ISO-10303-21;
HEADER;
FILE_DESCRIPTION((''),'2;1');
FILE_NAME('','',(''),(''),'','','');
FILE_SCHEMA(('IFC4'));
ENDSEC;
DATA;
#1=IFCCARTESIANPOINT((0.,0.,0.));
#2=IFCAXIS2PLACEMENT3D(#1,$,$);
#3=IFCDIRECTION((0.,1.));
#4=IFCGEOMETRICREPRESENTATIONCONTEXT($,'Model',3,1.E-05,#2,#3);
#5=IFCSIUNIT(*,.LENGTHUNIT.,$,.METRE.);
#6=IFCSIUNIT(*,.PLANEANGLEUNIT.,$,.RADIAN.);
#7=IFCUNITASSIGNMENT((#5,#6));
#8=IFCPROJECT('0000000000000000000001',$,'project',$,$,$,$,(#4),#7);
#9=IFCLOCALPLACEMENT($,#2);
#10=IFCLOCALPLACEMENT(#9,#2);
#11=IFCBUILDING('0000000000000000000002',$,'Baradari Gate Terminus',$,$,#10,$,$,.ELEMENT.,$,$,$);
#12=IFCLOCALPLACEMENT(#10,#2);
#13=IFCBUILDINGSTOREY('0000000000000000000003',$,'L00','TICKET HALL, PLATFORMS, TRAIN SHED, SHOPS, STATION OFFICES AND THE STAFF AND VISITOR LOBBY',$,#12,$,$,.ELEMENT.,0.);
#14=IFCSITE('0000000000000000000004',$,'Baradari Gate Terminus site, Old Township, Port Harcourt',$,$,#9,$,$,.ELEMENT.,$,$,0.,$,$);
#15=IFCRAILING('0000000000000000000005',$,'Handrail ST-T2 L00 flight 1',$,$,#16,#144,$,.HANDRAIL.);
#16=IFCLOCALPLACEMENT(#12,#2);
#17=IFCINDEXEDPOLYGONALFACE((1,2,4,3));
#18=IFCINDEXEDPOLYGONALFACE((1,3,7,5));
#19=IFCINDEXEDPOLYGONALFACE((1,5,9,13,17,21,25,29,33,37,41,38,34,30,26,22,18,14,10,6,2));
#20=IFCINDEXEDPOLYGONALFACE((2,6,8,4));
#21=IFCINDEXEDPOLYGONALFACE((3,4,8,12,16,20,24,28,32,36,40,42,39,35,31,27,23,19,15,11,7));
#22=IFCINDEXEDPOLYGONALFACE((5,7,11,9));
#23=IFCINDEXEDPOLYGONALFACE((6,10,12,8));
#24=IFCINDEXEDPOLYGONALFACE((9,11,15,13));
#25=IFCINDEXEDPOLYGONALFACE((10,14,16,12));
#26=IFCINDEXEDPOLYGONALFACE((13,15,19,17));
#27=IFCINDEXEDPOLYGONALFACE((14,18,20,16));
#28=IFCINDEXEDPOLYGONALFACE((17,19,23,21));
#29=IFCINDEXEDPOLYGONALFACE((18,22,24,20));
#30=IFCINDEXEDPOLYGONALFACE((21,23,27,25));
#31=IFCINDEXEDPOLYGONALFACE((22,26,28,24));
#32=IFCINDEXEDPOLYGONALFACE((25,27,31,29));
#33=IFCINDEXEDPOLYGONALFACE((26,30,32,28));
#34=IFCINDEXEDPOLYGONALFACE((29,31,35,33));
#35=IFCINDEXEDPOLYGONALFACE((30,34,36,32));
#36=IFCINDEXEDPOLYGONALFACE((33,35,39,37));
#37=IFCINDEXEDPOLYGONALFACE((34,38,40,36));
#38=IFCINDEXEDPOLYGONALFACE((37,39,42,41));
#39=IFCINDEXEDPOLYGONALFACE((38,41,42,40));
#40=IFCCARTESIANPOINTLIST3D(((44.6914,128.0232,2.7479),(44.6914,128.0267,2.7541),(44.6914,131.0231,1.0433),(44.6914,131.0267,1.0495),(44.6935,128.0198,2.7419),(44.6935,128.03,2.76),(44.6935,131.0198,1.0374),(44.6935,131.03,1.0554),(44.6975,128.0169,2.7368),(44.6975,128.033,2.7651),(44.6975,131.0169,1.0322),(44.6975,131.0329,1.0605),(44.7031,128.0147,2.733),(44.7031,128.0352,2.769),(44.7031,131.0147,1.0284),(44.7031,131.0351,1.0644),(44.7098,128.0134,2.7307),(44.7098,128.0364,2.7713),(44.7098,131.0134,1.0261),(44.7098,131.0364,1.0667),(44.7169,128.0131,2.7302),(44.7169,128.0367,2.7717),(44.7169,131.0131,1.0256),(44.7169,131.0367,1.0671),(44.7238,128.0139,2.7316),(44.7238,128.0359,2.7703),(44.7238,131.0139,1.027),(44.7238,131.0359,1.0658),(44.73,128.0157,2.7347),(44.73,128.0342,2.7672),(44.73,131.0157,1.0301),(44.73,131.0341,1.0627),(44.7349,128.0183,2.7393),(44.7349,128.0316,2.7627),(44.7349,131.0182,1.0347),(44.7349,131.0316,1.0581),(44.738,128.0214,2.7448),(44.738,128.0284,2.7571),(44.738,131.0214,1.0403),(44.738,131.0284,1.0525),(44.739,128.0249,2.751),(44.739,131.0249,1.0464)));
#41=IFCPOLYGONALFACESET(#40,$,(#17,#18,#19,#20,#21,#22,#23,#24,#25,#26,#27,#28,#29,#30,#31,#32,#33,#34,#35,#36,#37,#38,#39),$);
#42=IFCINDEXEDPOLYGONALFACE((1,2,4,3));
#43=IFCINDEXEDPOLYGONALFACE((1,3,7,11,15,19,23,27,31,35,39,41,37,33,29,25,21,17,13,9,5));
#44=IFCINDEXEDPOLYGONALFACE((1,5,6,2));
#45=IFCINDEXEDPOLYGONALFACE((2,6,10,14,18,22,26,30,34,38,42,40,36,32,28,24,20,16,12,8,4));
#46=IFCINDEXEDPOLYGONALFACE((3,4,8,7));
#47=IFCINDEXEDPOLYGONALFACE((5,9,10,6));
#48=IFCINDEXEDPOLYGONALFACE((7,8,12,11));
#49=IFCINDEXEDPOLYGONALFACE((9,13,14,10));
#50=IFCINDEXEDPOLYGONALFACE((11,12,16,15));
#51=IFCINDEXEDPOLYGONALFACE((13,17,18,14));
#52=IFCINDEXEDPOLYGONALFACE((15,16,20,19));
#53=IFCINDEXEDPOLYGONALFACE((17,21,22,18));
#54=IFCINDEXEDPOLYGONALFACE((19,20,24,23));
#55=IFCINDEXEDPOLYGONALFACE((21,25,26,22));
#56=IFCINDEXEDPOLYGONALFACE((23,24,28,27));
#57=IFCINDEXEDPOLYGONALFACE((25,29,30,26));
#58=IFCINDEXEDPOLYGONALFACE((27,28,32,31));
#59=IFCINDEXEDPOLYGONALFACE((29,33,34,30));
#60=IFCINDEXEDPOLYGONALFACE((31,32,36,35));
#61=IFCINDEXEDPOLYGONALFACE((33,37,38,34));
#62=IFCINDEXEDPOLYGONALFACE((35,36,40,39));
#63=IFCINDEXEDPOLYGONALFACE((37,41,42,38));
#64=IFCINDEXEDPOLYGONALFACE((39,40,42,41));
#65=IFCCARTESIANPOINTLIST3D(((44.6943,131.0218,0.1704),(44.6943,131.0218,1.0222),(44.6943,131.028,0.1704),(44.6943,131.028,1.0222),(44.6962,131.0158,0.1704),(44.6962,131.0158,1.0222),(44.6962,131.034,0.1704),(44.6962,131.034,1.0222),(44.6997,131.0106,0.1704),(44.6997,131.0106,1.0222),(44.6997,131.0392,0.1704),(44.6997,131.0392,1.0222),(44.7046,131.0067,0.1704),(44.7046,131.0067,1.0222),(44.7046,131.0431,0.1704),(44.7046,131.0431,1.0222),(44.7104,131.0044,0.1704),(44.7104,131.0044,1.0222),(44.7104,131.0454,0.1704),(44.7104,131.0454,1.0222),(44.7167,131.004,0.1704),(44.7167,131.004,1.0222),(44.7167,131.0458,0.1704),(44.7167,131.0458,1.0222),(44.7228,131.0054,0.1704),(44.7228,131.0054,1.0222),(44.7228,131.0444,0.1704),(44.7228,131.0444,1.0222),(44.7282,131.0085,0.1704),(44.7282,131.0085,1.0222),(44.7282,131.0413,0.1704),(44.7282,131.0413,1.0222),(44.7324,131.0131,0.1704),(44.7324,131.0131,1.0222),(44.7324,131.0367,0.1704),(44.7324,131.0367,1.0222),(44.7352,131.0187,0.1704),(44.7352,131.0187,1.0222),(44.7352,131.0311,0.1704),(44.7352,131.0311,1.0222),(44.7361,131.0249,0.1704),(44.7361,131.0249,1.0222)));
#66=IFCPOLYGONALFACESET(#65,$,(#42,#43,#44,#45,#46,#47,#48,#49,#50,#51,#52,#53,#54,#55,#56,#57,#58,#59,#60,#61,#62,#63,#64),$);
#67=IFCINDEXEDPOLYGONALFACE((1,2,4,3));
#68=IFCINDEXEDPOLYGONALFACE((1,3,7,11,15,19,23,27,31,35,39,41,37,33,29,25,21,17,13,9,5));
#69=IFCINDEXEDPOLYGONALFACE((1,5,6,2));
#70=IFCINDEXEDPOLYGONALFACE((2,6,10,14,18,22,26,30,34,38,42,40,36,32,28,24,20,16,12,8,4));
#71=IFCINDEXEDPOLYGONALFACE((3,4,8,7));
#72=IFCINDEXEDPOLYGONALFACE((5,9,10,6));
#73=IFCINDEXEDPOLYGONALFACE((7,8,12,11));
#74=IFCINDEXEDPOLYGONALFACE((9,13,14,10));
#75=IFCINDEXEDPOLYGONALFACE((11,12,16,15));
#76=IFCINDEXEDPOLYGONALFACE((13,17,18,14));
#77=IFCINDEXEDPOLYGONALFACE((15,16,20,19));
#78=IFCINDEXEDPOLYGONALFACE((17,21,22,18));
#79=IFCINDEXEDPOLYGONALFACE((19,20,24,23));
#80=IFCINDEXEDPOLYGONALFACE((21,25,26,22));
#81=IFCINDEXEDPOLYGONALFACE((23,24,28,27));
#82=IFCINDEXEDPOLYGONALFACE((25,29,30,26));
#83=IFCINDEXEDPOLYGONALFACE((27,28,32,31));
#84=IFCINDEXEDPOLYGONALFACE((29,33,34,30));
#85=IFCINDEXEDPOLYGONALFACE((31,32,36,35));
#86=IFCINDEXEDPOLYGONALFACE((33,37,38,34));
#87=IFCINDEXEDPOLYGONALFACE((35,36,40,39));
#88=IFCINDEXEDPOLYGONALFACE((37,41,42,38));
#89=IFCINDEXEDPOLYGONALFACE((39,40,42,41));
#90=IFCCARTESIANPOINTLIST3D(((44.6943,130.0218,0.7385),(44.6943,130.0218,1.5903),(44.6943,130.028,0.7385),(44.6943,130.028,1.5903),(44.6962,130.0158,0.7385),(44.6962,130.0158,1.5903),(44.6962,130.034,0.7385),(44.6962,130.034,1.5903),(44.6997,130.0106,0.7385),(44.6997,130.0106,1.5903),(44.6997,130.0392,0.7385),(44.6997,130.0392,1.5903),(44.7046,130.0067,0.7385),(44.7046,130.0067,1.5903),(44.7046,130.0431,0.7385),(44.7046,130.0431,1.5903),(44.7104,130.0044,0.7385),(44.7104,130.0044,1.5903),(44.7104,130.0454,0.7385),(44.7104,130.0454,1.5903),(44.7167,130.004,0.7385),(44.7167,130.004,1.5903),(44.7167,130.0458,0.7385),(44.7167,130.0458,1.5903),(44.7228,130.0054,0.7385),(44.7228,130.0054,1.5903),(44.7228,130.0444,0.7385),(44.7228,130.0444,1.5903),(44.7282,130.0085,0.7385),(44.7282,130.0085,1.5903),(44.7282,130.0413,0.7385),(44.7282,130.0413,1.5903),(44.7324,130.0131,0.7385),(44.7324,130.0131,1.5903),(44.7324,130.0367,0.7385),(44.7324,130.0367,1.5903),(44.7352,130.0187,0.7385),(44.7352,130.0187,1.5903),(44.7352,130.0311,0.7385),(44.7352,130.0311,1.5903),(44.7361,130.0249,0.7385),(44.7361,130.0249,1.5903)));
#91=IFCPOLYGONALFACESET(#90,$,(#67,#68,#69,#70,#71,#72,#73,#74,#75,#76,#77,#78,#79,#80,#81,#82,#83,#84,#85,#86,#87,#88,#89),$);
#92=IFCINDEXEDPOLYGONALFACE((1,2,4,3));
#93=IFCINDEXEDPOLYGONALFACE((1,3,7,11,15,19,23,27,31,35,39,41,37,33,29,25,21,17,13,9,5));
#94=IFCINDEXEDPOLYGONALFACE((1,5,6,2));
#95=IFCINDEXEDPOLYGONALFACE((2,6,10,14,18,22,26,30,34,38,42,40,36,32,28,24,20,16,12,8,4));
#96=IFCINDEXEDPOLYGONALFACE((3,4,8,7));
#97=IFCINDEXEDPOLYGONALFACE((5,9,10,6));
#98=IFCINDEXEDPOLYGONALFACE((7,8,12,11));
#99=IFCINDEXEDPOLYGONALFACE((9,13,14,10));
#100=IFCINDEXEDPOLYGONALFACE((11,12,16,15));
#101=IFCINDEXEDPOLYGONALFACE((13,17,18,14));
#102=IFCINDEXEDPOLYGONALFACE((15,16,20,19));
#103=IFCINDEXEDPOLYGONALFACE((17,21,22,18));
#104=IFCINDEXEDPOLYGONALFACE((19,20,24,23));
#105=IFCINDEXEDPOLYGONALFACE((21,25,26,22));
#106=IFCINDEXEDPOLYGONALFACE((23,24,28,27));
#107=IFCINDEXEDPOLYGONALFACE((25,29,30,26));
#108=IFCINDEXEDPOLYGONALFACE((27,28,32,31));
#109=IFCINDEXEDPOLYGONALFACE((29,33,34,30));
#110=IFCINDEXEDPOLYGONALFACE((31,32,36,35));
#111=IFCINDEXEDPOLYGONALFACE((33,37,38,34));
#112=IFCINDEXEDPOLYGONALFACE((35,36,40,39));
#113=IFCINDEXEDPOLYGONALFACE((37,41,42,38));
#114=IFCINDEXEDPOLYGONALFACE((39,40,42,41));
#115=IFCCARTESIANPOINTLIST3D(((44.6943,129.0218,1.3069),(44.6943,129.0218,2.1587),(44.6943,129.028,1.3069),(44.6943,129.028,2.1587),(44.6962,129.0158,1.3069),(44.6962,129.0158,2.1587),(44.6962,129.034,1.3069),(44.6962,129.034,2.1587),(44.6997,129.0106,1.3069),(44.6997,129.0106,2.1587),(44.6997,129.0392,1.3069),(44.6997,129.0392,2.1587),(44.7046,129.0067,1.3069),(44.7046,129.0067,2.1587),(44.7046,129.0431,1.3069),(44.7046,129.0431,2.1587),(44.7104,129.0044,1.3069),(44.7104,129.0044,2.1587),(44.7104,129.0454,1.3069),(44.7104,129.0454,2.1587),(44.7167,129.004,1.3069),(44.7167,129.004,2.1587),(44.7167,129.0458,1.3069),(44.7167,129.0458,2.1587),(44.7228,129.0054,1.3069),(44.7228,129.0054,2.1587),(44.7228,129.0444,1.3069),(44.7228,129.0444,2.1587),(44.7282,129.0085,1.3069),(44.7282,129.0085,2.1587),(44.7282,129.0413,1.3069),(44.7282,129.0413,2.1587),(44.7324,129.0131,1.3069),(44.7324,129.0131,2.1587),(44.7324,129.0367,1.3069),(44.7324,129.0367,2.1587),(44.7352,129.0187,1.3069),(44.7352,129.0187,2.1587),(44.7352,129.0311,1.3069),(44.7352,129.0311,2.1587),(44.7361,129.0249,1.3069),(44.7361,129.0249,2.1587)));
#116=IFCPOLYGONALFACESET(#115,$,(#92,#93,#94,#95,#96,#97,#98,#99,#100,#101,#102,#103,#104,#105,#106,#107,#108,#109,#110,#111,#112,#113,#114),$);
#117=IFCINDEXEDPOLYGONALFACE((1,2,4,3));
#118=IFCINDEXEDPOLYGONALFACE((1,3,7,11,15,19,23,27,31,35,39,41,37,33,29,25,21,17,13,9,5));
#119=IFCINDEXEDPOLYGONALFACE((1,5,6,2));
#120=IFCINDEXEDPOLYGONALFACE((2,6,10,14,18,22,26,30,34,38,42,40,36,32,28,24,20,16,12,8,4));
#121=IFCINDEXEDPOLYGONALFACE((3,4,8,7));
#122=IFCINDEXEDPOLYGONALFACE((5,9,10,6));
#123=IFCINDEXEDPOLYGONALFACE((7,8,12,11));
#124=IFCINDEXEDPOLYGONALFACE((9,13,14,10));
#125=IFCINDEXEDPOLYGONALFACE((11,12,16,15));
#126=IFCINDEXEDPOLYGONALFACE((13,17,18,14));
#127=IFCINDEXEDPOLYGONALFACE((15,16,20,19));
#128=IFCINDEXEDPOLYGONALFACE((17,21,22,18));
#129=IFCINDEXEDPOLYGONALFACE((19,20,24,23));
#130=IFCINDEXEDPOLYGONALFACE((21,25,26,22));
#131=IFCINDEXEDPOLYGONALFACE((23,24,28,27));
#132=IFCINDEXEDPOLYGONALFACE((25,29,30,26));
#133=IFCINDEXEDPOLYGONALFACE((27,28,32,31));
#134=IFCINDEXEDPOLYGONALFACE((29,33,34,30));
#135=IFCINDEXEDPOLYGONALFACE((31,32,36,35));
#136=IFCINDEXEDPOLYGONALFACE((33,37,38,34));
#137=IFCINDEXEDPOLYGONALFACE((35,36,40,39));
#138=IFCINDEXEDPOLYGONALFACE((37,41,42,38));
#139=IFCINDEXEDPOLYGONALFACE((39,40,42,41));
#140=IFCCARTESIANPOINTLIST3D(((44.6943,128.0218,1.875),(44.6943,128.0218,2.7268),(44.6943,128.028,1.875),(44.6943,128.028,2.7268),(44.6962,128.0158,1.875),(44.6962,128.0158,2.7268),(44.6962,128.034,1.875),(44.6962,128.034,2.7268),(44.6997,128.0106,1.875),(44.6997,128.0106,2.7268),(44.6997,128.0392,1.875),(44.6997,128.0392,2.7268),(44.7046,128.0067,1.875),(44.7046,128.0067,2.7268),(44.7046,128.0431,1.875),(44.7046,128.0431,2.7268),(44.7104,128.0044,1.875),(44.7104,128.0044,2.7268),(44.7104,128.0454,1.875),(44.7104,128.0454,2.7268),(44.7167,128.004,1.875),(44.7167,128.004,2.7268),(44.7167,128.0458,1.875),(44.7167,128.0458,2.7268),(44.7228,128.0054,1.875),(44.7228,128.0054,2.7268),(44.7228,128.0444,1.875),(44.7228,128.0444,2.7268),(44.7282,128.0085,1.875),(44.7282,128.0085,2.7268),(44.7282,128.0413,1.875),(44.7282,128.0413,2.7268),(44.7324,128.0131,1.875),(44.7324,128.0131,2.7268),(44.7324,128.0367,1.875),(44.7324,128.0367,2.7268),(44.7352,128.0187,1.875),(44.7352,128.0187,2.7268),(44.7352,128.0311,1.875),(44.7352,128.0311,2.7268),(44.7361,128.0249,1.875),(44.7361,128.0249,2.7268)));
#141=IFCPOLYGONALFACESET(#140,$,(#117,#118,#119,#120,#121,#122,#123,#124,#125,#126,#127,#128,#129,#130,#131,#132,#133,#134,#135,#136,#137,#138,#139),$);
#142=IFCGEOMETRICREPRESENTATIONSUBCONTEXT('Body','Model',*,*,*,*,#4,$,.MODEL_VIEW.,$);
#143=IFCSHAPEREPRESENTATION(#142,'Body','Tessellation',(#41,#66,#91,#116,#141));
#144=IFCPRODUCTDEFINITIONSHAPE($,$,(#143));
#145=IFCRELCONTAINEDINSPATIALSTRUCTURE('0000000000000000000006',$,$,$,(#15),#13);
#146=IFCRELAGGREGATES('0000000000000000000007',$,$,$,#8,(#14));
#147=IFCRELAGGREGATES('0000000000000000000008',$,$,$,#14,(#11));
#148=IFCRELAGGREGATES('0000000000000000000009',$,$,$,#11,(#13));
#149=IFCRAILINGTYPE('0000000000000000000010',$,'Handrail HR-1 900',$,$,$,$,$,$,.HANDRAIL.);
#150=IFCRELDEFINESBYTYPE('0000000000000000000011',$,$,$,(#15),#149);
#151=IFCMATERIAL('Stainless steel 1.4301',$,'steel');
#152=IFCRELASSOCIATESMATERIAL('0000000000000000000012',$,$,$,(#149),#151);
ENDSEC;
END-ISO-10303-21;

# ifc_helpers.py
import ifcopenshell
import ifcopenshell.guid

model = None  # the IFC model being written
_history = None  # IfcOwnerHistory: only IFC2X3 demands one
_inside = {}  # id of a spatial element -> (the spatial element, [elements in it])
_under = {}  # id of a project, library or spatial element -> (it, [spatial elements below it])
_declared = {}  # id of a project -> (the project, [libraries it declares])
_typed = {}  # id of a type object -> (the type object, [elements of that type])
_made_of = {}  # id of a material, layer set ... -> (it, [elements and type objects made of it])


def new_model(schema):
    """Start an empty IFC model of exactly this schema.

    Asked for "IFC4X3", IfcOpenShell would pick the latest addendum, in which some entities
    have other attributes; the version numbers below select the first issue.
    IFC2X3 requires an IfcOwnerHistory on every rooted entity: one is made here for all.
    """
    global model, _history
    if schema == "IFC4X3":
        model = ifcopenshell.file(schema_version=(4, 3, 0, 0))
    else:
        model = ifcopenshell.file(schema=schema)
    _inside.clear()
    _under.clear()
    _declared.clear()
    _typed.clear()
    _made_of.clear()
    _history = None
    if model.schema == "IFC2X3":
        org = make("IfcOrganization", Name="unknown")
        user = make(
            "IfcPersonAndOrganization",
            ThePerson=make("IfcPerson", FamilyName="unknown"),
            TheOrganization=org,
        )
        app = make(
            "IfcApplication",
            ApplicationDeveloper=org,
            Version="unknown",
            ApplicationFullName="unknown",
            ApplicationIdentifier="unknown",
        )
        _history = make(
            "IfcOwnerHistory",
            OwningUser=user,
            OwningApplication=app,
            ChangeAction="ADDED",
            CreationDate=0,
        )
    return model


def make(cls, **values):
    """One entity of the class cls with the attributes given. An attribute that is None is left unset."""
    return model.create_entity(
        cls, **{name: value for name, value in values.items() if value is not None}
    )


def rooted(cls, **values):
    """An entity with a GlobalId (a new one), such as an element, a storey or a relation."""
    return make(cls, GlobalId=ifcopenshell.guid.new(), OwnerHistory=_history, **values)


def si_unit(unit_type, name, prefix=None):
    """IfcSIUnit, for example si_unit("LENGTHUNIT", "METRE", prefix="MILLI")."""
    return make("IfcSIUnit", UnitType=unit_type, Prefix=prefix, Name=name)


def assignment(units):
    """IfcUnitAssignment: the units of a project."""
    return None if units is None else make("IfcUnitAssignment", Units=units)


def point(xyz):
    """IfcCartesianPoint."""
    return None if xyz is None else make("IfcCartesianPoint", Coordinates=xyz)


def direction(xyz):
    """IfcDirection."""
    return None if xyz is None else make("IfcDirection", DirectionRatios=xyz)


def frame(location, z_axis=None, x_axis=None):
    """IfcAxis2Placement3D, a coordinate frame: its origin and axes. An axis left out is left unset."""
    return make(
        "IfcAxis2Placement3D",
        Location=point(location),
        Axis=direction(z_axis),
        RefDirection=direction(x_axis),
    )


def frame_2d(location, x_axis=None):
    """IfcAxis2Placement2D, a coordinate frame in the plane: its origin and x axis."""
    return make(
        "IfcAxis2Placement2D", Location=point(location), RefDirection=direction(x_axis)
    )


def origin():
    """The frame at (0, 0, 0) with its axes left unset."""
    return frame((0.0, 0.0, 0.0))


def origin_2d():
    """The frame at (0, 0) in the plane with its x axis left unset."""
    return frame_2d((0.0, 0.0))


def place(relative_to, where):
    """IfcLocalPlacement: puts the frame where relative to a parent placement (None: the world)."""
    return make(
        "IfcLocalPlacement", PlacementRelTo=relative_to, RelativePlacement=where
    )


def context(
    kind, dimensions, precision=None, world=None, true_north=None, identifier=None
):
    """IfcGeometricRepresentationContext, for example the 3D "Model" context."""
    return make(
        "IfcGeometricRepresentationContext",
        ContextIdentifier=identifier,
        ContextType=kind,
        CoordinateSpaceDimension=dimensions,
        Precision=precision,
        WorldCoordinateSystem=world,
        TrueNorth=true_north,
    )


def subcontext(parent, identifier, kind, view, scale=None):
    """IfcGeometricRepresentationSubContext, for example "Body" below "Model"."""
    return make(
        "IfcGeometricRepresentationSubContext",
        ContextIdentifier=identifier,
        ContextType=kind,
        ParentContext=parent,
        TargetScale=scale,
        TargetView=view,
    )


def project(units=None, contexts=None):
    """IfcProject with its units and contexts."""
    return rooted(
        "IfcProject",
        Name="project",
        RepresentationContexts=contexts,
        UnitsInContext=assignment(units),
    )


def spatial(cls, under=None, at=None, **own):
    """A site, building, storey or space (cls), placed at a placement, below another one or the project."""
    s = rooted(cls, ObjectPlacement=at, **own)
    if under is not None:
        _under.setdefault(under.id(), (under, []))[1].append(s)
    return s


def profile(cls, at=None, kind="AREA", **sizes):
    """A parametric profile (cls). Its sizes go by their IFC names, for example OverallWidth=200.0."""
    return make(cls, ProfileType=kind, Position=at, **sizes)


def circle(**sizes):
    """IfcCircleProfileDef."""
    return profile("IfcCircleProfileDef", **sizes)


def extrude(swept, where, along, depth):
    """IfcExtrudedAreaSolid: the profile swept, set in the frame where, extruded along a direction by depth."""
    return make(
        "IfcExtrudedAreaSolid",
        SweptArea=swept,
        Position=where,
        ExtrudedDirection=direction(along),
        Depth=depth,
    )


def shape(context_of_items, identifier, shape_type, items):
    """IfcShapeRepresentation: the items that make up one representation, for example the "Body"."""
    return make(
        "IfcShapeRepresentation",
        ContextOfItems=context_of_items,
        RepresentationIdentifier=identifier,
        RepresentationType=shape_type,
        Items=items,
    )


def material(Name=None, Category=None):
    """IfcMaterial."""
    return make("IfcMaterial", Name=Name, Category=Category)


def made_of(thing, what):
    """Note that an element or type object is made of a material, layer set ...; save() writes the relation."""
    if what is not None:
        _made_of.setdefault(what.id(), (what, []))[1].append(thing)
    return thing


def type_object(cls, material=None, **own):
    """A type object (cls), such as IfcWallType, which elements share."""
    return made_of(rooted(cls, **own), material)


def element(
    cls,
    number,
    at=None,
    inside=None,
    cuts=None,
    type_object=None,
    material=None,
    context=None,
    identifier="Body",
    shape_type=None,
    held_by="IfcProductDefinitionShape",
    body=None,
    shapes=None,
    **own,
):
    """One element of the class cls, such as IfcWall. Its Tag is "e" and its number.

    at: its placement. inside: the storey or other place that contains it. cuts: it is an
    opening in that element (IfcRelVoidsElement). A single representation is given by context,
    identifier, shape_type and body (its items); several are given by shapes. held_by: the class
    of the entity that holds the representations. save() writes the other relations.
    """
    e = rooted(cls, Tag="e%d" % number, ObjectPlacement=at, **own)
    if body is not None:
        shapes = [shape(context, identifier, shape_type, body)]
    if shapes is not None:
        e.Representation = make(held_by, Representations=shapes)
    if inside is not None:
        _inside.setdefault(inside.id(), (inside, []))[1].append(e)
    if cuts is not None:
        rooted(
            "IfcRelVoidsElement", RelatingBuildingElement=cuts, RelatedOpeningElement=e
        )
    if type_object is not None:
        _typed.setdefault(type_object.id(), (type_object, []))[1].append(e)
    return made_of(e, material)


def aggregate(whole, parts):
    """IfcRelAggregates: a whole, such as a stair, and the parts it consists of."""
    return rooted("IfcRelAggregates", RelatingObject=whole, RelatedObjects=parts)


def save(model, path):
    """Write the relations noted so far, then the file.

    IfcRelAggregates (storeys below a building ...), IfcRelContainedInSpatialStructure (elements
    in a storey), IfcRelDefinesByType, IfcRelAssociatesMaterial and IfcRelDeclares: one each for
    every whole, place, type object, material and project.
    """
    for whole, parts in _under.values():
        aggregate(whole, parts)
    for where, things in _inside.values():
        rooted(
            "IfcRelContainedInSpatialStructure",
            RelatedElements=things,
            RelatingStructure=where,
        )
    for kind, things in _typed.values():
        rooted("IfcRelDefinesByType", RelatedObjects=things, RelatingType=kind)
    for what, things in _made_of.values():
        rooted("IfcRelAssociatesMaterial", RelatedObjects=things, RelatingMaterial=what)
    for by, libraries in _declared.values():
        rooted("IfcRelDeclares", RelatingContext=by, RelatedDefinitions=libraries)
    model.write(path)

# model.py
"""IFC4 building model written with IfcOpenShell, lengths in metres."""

from ifc_helpers import new_model, si_unit, direction, frame, origin, origin_2d, place, context, subcontext, project, spatial, circle, extrude, material, type_object, element, save


model = new_model("IFC4")

# Units and contexts
model_context = context("Model", 3, precision=1e-05, world=origin(), true_north=direction((0.0, 1.0)))
body_context = subcontext(model_context, "Body", "Model", "MODEL_VIEW")
ifc_project = project(units=[si_unit("LENGTHUNIT", "METRE"), si_unit("PLANEANGLEUNIT", "RADIAN")], contexts=[model_context])

# Site, building, storey
site_placement = place(None, origin())
site = spatial("IfcSite", under=ifc_project, at=site_placement, Name="Baradari Gate Terminus site, Old Township, Port Harcourt", CompositionType="ELEMENT", RefElevation=0.0)
building_placement = place(site_placement, origin())
building = spatial("IfcBuilding", under=site, at=building_placement, Name="Baradari Gate Terminus", CompositionType="ELEMENT")
storey_placement = place(building_placement, origin())
storey = spatial("IfcBuildingStorey", under=building, at=storey_placement, Name="L00", Description="TICKET HALL, PLATFORMS, TRAIN SHED, SHOPS, STATION OFFICES AND THE STAFF AND VISITOR LOBBY", CompositionType="ELEMENT", Elevation=0.0)

# Railing
ifc_material_1 = material(Name="Stainless steel 1.4301", Category="steel")
railing_type_1 = type_object("IfcRailingType", Name="Handrail HR-1 900", PredefinedType="HANDRAIL", material=ifc_material_1)
for number, where, name in (
    (1, (44.7151, 131.0249, 0.1704), "Handrail ST-T2 L00 flight 1"),
):
    element("IfcRailing", number, at=place(storey_placement, frame(where)), inside=storey, type_object=railing_type_1, Name=name, PredefinedType="HANDRAIL", context=body_context, shape_type="SweptSolid", body=[
        extrude(circle(Radius=0.0239, at=origin_2d()), frame((0.0, 0.0, 0.876), z_axis=(0.0, -0.869451, 0.494019), x_axis=(1.0, 0.0, 0.0)), (0.0, 0.0, 1.0), 3.4504),
        extrude(circle(Radius=0.021, at=origin_2d()), origin(), (0.0, 0.0, 1.0), 0.8518),
        extrude(circle(Radius=0.021, at=origin_2d()), frame((0.0, -1.0, 0.5681)), (0.0, 0.0, 1.0), 0.8518),
        extrude(circle(Radius=0.021, at=origin_2d()), frame((0.0, -2.0, 1.1365)), (0.0, 0.0, 1.0), 0.8518),
        extrude(circle(Radius=0.021, at=origin_2d()), frame((0.0, -3.0, 1.7046)), (0.0, 0.0, 1.0), 0.8518),
    ])

save(model, "model.ifc")
